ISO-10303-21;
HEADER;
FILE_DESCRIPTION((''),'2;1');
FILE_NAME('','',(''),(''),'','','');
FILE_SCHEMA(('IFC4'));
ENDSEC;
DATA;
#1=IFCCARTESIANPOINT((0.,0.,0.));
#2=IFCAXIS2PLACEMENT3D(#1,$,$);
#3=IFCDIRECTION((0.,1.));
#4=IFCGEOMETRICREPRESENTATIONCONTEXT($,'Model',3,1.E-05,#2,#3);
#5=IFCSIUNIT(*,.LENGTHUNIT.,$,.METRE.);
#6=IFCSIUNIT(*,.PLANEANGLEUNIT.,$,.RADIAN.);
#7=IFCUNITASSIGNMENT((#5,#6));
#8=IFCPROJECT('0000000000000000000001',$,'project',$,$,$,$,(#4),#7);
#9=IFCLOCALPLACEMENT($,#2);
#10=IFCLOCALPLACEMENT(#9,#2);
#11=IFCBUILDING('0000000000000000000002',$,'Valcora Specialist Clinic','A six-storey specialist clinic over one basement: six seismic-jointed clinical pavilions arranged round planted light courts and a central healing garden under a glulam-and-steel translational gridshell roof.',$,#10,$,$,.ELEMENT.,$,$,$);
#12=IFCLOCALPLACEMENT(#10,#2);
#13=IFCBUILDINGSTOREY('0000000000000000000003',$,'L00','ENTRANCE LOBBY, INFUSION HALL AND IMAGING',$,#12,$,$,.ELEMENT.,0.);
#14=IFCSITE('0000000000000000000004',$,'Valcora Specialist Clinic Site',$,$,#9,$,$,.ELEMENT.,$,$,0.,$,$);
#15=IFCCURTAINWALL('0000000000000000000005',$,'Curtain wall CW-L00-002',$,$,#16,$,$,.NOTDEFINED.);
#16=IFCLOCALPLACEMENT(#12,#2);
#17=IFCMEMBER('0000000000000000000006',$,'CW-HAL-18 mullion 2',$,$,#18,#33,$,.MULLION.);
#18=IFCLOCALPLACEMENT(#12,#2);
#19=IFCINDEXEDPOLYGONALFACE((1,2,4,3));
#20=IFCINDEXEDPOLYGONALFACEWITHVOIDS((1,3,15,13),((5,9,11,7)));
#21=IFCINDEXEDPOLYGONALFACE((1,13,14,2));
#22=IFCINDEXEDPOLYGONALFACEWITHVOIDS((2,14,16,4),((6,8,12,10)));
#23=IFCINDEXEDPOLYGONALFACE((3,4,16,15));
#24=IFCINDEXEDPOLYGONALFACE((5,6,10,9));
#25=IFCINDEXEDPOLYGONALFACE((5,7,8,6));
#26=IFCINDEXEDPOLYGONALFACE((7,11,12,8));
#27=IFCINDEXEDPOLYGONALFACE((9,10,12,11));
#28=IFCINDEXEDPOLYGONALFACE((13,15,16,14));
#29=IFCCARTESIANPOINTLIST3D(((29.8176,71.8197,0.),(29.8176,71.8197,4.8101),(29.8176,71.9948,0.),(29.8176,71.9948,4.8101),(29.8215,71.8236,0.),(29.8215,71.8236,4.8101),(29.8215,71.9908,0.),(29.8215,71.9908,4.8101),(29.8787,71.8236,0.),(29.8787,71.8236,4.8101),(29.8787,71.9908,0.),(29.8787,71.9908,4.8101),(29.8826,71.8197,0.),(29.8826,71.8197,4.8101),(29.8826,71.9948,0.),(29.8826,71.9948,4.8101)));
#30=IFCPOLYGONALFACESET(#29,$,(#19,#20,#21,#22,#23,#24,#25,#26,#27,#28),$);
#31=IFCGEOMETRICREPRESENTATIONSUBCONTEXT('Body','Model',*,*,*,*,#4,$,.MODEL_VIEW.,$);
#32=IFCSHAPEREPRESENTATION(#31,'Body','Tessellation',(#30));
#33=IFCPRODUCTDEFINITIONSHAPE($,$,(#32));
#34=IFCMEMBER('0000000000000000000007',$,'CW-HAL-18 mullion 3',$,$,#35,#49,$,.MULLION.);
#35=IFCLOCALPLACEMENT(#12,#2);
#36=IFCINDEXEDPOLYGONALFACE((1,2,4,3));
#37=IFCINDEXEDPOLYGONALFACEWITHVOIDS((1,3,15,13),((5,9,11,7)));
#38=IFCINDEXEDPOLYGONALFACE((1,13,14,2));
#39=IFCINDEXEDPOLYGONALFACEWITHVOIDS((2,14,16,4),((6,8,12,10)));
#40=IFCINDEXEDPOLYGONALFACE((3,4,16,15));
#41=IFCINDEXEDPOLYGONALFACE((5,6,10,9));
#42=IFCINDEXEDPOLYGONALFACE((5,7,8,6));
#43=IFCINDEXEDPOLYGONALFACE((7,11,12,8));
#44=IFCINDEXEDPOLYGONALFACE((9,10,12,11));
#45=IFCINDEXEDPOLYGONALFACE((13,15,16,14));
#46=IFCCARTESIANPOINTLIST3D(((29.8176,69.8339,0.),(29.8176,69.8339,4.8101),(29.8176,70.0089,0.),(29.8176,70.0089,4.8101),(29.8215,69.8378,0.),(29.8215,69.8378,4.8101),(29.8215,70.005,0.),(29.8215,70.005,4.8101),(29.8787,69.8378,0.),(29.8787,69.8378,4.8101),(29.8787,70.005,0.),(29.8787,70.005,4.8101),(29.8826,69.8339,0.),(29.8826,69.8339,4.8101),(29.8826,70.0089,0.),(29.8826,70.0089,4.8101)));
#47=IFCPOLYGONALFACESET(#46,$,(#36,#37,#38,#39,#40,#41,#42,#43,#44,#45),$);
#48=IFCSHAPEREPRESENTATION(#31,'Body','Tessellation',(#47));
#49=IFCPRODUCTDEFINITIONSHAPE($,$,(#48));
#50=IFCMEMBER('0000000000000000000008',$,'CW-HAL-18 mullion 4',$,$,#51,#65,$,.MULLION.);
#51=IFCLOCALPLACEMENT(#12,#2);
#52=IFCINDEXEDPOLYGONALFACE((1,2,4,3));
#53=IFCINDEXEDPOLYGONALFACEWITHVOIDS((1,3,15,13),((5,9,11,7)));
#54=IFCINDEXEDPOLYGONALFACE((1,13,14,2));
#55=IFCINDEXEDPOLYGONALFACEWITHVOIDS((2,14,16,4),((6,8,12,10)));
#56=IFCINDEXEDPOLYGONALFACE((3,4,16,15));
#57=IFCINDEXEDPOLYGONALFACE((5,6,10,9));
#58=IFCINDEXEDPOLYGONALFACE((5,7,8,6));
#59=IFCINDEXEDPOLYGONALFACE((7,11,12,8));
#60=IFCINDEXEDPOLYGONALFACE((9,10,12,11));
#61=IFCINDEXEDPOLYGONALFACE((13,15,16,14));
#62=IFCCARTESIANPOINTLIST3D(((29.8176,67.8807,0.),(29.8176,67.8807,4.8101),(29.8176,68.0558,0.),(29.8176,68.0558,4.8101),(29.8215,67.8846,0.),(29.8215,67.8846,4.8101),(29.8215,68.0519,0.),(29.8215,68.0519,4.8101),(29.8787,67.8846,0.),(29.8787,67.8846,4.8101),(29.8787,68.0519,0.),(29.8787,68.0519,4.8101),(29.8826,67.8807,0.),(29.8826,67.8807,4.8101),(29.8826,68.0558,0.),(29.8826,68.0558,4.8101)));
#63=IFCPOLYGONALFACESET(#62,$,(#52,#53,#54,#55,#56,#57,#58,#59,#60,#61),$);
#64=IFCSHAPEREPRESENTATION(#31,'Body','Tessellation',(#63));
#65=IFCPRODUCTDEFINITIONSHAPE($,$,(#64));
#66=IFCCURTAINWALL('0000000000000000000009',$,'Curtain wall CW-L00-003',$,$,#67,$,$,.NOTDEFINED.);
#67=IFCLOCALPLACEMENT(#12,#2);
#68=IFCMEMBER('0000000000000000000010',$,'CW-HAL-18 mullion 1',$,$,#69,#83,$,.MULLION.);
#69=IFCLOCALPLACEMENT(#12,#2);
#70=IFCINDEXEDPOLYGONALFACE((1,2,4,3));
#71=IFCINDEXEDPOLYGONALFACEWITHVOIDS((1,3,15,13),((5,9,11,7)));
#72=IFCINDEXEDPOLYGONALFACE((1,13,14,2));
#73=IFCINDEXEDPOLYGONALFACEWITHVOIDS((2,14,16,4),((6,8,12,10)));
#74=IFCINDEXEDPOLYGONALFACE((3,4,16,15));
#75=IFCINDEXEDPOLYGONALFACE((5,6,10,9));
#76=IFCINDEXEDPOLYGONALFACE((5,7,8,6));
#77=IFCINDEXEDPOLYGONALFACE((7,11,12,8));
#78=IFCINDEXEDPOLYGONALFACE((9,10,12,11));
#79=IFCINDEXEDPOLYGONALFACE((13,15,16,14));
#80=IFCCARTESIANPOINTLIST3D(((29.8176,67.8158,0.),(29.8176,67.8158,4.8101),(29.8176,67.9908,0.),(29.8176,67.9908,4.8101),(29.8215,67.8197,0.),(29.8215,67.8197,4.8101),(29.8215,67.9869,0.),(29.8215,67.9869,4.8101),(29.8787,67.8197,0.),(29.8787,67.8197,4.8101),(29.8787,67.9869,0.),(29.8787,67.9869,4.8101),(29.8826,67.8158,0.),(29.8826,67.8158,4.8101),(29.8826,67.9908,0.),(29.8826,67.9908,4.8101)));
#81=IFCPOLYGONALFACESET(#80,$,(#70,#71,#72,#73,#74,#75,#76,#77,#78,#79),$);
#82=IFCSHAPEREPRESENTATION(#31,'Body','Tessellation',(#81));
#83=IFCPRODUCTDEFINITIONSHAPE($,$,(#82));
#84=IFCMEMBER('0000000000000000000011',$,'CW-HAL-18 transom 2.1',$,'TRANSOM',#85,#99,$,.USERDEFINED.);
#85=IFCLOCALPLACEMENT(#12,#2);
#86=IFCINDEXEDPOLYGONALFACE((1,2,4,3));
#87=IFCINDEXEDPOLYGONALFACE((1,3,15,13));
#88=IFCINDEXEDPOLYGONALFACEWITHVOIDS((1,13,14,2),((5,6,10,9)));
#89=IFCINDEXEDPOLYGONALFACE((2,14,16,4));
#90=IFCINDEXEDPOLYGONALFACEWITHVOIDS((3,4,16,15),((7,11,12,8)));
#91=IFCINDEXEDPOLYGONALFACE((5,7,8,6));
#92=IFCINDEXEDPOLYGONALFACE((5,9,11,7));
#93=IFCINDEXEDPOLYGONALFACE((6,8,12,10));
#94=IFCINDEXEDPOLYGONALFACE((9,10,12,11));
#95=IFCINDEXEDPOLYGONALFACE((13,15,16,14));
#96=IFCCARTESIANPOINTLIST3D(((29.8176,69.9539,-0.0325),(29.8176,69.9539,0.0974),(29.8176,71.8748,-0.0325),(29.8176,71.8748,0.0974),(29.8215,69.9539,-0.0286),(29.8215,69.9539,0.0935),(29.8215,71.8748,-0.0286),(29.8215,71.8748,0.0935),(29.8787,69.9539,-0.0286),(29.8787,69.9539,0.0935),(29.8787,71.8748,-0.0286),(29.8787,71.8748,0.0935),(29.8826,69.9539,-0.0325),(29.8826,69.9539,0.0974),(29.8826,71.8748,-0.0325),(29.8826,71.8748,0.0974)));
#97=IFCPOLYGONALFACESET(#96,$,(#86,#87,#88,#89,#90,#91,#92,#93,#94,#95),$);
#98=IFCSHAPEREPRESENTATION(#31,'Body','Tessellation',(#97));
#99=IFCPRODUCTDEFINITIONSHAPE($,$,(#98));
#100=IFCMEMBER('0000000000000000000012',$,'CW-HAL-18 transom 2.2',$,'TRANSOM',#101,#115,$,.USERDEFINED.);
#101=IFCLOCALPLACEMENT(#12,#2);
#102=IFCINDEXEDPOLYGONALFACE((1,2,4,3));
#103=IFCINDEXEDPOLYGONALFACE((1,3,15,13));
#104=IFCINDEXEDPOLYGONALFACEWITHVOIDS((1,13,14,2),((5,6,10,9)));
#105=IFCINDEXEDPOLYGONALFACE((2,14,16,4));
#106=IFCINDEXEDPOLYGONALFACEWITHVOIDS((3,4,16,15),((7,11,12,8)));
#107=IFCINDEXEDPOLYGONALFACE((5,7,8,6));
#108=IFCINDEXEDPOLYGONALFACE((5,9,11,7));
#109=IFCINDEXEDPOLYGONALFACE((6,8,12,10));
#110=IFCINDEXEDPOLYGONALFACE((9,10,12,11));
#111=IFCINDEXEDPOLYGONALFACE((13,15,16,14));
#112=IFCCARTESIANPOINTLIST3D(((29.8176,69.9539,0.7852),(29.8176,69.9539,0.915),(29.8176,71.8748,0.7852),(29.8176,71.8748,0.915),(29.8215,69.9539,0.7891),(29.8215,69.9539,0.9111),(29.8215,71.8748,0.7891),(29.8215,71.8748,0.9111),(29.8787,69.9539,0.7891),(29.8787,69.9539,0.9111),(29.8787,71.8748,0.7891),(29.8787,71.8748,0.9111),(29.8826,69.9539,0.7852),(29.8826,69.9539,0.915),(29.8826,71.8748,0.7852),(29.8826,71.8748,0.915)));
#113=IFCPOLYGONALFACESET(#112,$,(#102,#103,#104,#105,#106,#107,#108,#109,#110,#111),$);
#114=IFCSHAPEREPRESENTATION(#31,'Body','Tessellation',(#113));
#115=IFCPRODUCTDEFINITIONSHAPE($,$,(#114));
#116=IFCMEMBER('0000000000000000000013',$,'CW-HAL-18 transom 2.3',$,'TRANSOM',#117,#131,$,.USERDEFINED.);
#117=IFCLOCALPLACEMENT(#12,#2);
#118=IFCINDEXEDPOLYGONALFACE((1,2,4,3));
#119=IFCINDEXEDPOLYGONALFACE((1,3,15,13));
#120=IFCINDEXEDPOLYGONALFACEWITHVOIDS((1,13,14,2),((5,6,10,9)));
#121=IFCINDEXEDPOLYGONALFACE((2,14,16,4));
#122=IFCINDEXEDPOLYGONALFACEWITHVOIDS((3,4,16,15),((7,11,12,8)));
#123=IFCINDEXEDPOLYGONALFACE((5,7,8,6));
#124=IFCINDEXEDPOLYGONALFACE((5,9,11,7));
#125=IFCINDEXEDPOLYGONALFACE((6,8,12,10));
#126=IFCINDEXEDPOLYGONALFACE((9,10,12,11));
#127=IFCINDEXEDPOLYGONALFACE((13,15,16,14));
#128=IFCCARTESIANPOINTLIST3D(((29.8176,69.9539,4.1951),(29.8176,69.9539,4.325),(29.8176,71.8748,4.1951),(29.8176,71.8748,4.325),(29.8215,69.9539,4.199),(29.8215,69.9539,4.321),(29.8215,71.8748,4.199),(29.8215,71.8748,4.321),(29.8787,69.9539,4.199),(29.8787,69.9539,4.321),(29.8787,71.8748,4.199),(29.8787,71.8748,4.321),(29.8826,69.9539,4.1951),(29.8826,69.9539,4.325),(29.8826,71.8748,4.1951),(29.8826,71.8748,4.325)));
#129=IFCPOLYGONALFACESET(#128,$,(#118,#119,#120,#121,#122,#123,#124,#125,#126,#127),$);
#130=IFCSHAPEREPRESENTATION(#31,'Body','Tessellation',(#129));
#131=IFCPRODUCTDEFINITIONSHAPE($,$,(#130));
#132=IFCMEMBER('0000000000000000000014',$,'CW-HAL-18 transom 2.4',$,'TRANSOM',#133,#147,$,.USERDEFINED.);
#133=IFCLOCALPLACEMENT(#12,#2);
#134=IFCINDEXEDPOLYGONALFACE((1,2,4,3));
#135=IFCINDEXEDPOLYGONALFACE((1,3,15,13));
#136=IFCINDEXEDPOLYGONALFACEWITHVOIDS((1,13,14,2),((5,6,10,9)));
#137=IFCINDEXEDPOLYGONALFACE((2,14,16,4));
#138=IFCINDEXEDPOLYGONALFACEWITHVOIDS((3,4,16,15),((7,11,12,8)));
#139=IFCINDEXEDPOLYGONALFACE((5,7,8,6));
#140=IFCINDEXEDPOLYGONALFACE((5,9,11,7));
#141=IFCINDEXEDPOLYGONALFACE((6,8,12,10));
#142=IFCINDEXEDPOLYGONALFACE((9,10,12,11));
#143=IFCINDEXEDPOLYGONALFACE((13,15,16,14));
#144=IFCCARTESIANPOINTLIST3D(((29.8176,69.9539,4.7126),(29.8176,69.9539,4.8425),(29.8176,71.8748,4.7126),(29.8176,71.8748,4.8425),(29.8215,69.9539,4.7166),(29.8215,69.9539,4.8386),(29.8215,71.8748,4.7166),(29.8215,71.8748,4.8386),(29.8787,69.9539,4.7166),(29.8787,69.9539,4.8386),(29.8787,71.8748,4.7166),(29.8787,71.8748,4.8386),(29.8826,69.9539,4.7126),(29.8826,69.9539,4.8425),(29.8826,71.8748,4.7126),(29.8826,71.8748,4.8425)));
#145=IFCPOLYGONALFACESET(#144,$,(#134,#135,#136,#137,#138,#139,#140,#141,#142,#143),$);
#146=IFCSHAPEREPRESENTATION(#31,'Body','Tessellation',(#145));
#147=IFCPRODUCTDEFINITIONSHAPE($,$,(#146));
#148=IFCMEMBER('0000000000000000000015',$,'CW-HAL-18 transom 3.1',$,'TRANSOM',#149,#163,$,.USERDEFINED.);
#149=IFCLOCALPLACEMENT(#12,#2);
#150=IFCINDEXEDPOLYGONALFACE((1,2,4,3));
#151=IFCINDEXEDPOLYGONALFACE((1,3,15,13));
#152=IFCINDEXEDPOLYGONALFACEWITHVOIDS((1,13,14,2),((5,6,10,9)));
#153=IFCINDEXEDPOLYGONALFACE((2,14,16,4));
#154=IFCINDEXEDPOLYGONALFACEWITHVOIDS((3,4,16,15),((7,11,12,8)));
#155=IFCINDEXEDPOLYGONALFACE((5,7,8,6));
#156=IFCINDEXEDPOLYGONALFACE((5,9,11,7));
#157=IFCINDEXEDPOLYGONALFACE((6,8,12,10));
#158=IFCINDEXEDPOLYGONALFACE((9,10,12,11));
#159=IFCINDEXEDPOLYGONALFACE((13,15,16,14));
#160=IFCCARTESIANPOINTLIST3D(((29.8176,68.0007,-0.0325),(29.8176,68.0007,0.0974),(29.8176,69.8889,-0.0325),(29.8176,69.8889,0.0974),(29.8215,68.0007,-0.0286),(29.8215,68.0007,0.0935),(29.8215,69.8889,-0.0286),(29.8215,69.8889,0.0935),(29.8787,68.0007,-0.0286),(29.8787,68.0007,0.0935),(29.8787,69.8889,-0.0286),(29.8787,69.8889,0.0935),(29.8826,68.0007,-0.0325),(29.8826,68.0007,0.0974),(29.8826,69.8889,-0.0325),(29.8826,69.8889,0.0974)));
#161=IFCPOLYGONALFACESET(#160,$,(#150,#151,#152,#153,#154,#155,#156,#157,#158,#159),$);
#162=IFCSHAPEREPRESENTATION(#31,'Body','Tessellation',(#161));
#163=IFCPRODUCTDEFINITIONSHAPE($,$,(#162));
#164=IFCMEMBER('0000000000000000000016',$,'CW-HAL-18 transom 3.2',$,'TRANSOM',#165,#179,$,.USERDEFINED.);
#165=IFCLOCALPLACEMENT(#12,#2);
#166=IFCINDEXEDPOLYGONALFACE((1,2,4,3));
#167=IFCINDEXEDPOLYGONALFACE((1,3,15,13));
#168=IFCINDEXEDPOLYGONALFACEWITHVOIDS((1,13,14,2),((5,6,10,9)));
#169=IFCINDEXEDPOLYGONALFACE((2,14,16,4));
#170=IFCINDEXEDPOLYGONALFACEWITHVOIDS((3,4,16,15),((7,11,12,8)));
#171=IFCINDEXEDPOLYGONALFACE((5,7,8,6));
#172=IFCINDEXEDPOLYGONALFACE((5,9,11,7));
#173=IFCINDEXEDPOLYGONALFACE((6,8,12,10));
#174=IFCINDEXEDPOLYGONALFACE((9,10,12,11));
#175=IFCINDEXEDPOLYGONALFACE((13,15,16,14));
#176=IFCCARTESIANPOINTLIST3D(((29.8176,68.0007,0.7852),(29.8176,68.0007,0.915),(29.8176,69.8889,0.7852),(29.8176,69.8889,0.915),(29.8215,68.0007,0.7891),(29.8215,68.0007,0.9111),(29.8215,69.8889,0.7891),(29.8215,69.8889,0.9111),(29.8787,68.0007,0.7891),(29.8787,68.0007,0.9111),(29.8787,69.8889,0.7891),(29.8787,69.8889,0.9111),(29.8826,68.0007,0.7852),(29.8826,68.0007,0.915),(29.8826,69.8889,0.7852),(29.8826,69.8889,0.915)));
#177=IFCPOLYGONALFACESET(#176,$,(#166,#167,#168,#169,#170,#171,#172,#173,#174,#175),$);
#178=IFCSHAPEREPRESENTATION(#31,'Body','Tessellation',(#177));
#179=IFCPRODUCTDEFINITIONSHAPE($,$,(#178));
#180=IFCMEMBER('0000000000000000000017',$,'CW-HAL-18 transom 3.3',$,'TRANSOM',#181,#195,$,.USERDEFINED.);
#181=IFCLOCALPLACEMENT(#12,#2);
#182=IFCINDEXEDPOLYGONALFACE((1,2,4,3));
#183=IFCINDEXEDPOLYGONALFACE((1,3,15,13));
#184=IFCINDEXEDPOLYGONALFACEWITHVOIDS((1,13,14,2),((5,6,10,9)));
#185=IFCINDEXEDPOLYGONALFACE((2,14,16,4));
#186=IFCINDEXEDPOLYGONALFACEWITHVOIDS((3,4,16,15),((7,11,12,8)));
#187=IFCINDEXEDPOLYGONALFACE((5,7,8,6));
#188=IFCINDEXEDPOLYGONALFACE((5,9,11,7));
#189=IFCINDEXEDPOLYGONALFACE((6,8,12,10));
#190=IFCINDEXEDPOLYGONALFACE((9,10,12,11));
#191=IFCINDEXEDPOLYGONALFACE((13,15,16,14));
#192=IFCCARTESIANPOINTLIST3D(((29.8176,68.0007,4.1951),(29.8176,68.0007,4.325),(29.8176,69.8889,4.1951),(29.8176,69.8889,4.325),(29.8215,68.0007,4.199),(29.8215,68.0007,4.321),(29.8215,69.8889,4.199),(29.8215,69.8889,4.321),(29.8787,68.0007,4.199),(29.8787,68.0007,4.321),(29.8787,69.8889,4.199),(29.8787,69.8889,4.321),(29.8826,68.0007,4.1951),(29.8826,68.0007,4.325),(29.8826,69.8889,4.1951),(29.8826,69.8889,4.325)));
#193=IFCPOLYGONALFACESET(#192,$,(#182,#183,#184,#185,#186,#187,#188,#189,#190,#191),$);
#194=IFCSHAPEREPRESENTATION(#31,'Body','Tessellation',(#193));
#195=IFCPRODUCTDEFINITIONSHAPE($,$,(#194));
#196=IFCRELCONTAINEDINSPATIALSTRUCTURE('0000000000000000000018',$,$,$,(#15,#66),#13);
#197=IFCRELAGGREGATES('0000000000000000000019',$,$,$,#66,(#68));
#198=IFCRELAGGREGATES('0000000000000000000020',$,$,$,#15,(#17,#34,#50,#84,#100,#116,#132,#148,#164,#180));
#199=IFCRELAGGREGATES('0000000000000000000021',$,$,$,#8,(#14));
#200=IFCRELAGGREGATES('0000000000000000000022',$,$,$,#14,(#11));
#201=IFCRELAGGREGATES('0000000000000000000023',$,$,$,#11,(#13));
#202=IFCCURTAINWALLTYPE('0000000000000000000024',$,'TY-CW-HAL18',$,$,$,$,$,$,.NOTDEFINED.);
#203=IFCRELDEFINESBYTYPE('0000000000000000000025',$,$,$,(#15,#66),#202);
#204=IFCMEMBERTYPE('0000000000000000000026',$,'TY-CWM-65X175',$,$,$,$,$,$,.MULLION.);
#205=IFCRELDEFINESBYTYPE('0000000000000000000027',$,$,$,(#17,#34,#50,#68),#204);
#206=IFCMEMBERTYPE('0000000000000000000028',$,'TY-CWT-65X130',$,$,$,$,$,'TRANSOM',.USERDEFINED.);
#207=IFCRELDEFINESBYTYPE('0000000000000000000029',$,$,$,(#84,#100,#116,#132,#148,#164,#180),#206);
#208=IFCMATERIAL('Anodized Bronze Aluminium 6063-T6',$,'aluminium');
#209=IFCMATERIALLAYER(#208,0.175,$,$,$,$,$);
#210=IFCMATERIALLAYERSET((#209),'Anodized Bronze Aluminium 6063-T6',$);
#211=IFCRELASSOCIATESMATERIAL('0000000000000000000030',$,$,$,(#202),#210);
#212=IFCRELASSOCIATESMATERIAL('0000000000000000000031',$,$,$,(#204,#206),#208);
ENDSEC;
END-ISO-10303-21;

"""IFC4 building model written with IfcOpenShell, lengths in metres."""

from ifc_helpers import new_model, si_unit, direction, frame, origin, origin_2d, place, context, subcontext, project, spatial, hollow_rectangle, extrude, material, layer, layer_set, material_profile, profile_set, type_object, element, aggregate, save


model = new_model("IFC4")

# Units and contexts
model_context = context("Model", 3, precision=1e-05, world=origin(), true_north=direction((0.0, 1.0)))
body_context = subcontext(model_context, "Body", "Model", "MODEL_VIEW")
ifc_project = project(units=[si_unit("LENGTHUNIT", "METRE"), si_unit("PLANEANGLEUNIT", "RADIAN")], contexts=[model_context])

# Site, building, storey
site_placement = place(None, origin())
site = spatial("IfcSite", under=ifc_project, at=site_placement, Name="Valcora Specialist Clinic Site", CompositionType="ELEMENT", RefElevation=0.0)
building_placement = place(site_placement, origin())
building = spatial("IfcBuilding", under=site, at=building_placement, Name="Valcora Specialist Clinic", Description="A six-storey specialist clinic over one basement: six seismic-jointed clinical pavilions arranged round planted light courts and a central healing garden under a glulam-and-steel translational gridshell roof.", CompositionType="ELEMENT")
storey_placement = place(building_placement, origin())
storey = spatial("IfcBuildingStorey", under=building, at=storey_placement, Name="L00", Description="ENTRANCE LOBBY, INFUSION HALL AND IMAGING", CompositionType="ELEMENT", Elevation=0.0)

# Curtain wall, members
ifc_material_1 = material(Name="Anodized Bronze Aluminium 6063-T6", Category="aluminium")
ifc_layer_1 = layer(ifc_material_1, 0.175)
ifc_layer_set_1 = layer_set([ifc_layer_1], Name="Anodized Bronze Aluminium 6063-T6")
curtain_wall_type = type_object("IfcCurtainWallType", Name="TY-CW-HAL18", PredefinedType="NOTDEFINED", material=ifc_layer_set_1)
curtain_wall_1_placement = place(storey_placement, origin())
curtain_wall_1 = element("IfcCurtainWall", 1, at=curtain_wall_1_placement, inside=storey, type_object=curtain_wall_type, Name="Curtain wall CW-L00-002", PredefinedType="NOTDEFINED")
ifc_material_profile_1 = material_profile(ifc_material_1, hollow_rectangle(XDim=0.0649, YDim=0.175, WallThickness=0.0039, at=origin_2d()), Name="AL-MUL-65X175")
ifc_profile_set_1 = profile_set([ifc_material_profile_1], Name="Anodized Bronze Aluminium 6063-T6")
member_type_1 = type_object("IfcMemberType", Name="TY-CWM-65X175", PredefinedType="MULLION", material=ifc_profile_set_1)
member_1_placement = place(storey_placement, frame((29.8501, 71.9072, 0.0), z_axis=(0.0, 0.0, 1.0), x_axis=(1.0, 0.0, 0.0)))
member_1 = element("IfcMember", 2, at=member_1_placement, type_object=member_type_1, Name="CW-HAL-18 mullion 2", PredefinedType="MULLION", context=body_context, shape_type="SweptSolid", body=[
    extrude(hollow_rectangle(XDim=0.0649, YDim=0.175, WallThickness=0.0039, at=origin_2d()), origin(), (0.0, 0.0, 1.0), 4.8101),
])
member_2_placement = place(storey_placement, frame((29.8501, 69.9214, 0.0), z_axis=(0.0, 0.0, 1.0), x_axis=(1.0, 0.0, 0.0)))
member_2 = element("IfcMember", 3, at=member_2_placement, type_object=member_type_1, Name="CW-HAL-18 mullion 3", PredefinedType="MULLION", context=body_context, shape_type="SweptSolid", body=[
    extrude(hollow_rectangle(XDim=0.0649, YDim=0.175, WallThickness=0.0039, at=origin_2d()), origin(), (0.0, 0.0, 1.0), 4.8101),
])
member_3_placement = place(storey_placement, frame((29.8501, 67.9683, 0.0), z_axis=(0.0, 0.0, 1.0), x_axis=(1.0, 0.0, 0.0)))
member_3 = element("IfcMember", 4, at=member_3_placement, type_object=member_type_1, Name="CW-HAL-18 mullion 4", PredefinedType="MULLION", context=body_context, shape_type="SweptSolid", body=[
    extrude(hollow_rectangle(XDim=0.0649, YDim=0.175, WallThickness=0.0039, at=origin_2d()), origin(), (0.0, 0.0, 1.0), 4.8101),
])

# Curtain wall, member
curtain_wall_2_placement = place(storey_placement, origin())
curtain_wall_2 = element("IfcCurtainWall", 5, at=curtain_wall_2_placement, inside=storey, type_object=curtain_wall_type, Name="Curtain wall CW-L00-003", PredefinedType="NOTDEFINED")
member_4_placement = place(storey_placement, frame((29.8501, 67.9033, 0.0), z_axis=(0.0, 0.0, 1.0), x_axis=(1.0, 0.0, 0.0)))
member_4 = element("IfcMember", 6, at=member_4_placement, type_object=member_type_1, Name="CW-HAL-18 mullion 1", PredefinedType="MULLION", context=body_context, shape_type="SweptSolid", body=[
    extrude(hollow_rectangle(XDim=0.0649, YDim=0.175, WallThickness=0.0039, at=origin_2d()), origin(), (0.0, 0.0, 1.0), 4.8101),
])

# Members
ifc_material_profile_2 = material_profile(ifc_material_1, hollow_rectangle(XDim=0.0649, YDim=0.1299, WallThickness=0.0039, at=origin_2d()), Name="AL-TRN-65X130")
ifc_profile_set_2 = profile_set([ifc_material_profile_2], Name="Anodized Bronze Aluminium 6063-T6")
member_type_2 = type_object("IfcMemberType", Name="TY-CWT-65X130", ElementType="TRANSOM", PredefinedType="USERDEFINED", material=ifc_profile_set_2)
member_5_placement = place(storey_placement, frame((29.8501, 71.8748, 0.0325), z_axis=(0.0, -1.0, 0.0), x_axis=(1.0, 0.0, 0.0)))
member_5 = element("IfcMember", 7, at=member_5_placement, type_object=member_type_2, Name="CW-HAL-18 transom 2.1", ObjectType="TRANSOM", PredefinedType="USERDEFINED", context=body_context, shape_type="SweptSolid", body=[
    extrude(hollow_rectangle(XDim=0.0649, YDim=0.1299, WallThickness=0.0039, at=origin_2d()), origin(), (0.0, 0.0, 1.0), 1.9209),
])
member_6_placement = place(storey_placement, frame((29.8501, 71.8748, 0.8501), z_axis=(0.0, -1.0, 0.0), x_axis=(1.0, 0.0, 0.0)))
member_6 = element("IfcMember", 8, at=member_6_placement, type_object=member_type_2, Name="CW-HAL-18 transom 2.2", ObjectType="TRANSOM", PredefinedType="USERDEFINED", context=body_context, shape_type="SweptSolid", body=[
    extrude(hollow_rectangle(XDim=0.0649, YDim=0.1299, WallThickness=0.0039, at=origin_2d()), origin(), (0.0, 0.0, 1.0), 1.9209),
])
member_7_placement = place(storey_placement, frame((29.8501, 71.8748, 4.26), z_axis=(0.0, -1.0, 0.0), x_axis=(1.0, 0.0, 0.0)))
member_7 = element("IfcMember", 9, at=member_7_placement, type_object=member_type_2, Name="CW-HAL-18 transom 2.3", ObjectType="TRANSOM", PredefinedType="USERDEFINED", context=body_context, shape_type="SweptSolid", body=[
    extrude(hollow_rectangle(XDim=0.0649, YDim=0.1299, WallThickness=0.0039, at=origin_2d()), origin(), (0.0, 0.0, 1.0), 1.9209),
])
member_8_placement = place(storey_placement, frame((29.8501, 71.8748, 4.7776), z_axis=(0.0, -1.0, 0.0), x_axis=(1.0, 0.0, 0.0)))
member_8 = element("IfcMember", 10, at=member_8_placement, type_object=member_type_2, Name="CW-HAL-18 transom 2.4", ObjectType="TRANSOM", PredefinedType="USERDEFINED", context=body_context, shape_type="SweptSolid", body=[
    extrude(hollow_rectangle(XDim=0.0649, YDim=0.1299, WallThickness=0.0039, at=origin_2d()), origin(), (0.0, 0.0, 1.0), 1.9209),
])
member_9_placement = place(storey_placement, frame((29.8501, 69.8889, 0.0325), z_axis=(0.0, -1.0, 0.0), x_axis=(1.0, 0.0, 0.0)))
member_9 = element("IfcMember", 11, at=member_9_placement, type_object=member_type_2, Name="CW-HAL-18 transom 3.1", ObjectType="TRANSOM", PredefinedType="USERDEFINED", context=body_context, shape_type="SweptSolid", body=[
    extrude(hollow_rectangle(XDim=0.0649, YDim=0.1299, WallThickness=0.0039, at=origin_2d()), origin(), (0.0, 0.0, 1.0), 1.8882),
])
member_10_placement = place(storey_placement, frame((29.8501, 69.8889, 0.8501), z_axis=(0.0, -1.0, 0.0), x_axis=(1.0, 0.0, 0.0)))
member_10 = element("IfcMember", 12, at=member_10_placement, type_object=member_type_2, Name="CW-HAL-18 transom 3.2", ObjectType="TRANSOM", PredefinedType="USERDEFINED", context=body_context, shape_type="SweptSolid", body=[
    extrude(hollow_rectangle(XDim=0.0649, YDim=0.1299, WallThickness=0.0039, at=origin_2d()), origin(), (0.0, 0.0, 1.0), 1.8882),
])
member_11_placement = place(storey_placement, frame((29.8501, 69.8889, 4.26), z_axis=(0.0, -1.0, 0.0), x_axis=(1.0, 0.0, 0.0)))
member_11 = element("IfcMember", 13, at=member_11_placement, type_object=member_type_2, Name="CW-HAL-18 transom 3.3", ObjectType="TRANSOM", PredefinedType="USERDEFINED", context=body_context, shape_type="SweptSolid", body=[
    extrude(hollow_rectangle(XDim=0.0649, YDim=0.1299, WallThickness=0.0039, at=origin_2d()), origin(), (0.0, 0.0, 1.0), 1.8882),
])
aggregate(curtain_wall_2, [member_4])

aggregate(curtain_wall_1, [member_1, member_2, member_3, member_5, member_6, member_7, member_8, member_9, member_10, member_11])

save(model, "model.ifc")
